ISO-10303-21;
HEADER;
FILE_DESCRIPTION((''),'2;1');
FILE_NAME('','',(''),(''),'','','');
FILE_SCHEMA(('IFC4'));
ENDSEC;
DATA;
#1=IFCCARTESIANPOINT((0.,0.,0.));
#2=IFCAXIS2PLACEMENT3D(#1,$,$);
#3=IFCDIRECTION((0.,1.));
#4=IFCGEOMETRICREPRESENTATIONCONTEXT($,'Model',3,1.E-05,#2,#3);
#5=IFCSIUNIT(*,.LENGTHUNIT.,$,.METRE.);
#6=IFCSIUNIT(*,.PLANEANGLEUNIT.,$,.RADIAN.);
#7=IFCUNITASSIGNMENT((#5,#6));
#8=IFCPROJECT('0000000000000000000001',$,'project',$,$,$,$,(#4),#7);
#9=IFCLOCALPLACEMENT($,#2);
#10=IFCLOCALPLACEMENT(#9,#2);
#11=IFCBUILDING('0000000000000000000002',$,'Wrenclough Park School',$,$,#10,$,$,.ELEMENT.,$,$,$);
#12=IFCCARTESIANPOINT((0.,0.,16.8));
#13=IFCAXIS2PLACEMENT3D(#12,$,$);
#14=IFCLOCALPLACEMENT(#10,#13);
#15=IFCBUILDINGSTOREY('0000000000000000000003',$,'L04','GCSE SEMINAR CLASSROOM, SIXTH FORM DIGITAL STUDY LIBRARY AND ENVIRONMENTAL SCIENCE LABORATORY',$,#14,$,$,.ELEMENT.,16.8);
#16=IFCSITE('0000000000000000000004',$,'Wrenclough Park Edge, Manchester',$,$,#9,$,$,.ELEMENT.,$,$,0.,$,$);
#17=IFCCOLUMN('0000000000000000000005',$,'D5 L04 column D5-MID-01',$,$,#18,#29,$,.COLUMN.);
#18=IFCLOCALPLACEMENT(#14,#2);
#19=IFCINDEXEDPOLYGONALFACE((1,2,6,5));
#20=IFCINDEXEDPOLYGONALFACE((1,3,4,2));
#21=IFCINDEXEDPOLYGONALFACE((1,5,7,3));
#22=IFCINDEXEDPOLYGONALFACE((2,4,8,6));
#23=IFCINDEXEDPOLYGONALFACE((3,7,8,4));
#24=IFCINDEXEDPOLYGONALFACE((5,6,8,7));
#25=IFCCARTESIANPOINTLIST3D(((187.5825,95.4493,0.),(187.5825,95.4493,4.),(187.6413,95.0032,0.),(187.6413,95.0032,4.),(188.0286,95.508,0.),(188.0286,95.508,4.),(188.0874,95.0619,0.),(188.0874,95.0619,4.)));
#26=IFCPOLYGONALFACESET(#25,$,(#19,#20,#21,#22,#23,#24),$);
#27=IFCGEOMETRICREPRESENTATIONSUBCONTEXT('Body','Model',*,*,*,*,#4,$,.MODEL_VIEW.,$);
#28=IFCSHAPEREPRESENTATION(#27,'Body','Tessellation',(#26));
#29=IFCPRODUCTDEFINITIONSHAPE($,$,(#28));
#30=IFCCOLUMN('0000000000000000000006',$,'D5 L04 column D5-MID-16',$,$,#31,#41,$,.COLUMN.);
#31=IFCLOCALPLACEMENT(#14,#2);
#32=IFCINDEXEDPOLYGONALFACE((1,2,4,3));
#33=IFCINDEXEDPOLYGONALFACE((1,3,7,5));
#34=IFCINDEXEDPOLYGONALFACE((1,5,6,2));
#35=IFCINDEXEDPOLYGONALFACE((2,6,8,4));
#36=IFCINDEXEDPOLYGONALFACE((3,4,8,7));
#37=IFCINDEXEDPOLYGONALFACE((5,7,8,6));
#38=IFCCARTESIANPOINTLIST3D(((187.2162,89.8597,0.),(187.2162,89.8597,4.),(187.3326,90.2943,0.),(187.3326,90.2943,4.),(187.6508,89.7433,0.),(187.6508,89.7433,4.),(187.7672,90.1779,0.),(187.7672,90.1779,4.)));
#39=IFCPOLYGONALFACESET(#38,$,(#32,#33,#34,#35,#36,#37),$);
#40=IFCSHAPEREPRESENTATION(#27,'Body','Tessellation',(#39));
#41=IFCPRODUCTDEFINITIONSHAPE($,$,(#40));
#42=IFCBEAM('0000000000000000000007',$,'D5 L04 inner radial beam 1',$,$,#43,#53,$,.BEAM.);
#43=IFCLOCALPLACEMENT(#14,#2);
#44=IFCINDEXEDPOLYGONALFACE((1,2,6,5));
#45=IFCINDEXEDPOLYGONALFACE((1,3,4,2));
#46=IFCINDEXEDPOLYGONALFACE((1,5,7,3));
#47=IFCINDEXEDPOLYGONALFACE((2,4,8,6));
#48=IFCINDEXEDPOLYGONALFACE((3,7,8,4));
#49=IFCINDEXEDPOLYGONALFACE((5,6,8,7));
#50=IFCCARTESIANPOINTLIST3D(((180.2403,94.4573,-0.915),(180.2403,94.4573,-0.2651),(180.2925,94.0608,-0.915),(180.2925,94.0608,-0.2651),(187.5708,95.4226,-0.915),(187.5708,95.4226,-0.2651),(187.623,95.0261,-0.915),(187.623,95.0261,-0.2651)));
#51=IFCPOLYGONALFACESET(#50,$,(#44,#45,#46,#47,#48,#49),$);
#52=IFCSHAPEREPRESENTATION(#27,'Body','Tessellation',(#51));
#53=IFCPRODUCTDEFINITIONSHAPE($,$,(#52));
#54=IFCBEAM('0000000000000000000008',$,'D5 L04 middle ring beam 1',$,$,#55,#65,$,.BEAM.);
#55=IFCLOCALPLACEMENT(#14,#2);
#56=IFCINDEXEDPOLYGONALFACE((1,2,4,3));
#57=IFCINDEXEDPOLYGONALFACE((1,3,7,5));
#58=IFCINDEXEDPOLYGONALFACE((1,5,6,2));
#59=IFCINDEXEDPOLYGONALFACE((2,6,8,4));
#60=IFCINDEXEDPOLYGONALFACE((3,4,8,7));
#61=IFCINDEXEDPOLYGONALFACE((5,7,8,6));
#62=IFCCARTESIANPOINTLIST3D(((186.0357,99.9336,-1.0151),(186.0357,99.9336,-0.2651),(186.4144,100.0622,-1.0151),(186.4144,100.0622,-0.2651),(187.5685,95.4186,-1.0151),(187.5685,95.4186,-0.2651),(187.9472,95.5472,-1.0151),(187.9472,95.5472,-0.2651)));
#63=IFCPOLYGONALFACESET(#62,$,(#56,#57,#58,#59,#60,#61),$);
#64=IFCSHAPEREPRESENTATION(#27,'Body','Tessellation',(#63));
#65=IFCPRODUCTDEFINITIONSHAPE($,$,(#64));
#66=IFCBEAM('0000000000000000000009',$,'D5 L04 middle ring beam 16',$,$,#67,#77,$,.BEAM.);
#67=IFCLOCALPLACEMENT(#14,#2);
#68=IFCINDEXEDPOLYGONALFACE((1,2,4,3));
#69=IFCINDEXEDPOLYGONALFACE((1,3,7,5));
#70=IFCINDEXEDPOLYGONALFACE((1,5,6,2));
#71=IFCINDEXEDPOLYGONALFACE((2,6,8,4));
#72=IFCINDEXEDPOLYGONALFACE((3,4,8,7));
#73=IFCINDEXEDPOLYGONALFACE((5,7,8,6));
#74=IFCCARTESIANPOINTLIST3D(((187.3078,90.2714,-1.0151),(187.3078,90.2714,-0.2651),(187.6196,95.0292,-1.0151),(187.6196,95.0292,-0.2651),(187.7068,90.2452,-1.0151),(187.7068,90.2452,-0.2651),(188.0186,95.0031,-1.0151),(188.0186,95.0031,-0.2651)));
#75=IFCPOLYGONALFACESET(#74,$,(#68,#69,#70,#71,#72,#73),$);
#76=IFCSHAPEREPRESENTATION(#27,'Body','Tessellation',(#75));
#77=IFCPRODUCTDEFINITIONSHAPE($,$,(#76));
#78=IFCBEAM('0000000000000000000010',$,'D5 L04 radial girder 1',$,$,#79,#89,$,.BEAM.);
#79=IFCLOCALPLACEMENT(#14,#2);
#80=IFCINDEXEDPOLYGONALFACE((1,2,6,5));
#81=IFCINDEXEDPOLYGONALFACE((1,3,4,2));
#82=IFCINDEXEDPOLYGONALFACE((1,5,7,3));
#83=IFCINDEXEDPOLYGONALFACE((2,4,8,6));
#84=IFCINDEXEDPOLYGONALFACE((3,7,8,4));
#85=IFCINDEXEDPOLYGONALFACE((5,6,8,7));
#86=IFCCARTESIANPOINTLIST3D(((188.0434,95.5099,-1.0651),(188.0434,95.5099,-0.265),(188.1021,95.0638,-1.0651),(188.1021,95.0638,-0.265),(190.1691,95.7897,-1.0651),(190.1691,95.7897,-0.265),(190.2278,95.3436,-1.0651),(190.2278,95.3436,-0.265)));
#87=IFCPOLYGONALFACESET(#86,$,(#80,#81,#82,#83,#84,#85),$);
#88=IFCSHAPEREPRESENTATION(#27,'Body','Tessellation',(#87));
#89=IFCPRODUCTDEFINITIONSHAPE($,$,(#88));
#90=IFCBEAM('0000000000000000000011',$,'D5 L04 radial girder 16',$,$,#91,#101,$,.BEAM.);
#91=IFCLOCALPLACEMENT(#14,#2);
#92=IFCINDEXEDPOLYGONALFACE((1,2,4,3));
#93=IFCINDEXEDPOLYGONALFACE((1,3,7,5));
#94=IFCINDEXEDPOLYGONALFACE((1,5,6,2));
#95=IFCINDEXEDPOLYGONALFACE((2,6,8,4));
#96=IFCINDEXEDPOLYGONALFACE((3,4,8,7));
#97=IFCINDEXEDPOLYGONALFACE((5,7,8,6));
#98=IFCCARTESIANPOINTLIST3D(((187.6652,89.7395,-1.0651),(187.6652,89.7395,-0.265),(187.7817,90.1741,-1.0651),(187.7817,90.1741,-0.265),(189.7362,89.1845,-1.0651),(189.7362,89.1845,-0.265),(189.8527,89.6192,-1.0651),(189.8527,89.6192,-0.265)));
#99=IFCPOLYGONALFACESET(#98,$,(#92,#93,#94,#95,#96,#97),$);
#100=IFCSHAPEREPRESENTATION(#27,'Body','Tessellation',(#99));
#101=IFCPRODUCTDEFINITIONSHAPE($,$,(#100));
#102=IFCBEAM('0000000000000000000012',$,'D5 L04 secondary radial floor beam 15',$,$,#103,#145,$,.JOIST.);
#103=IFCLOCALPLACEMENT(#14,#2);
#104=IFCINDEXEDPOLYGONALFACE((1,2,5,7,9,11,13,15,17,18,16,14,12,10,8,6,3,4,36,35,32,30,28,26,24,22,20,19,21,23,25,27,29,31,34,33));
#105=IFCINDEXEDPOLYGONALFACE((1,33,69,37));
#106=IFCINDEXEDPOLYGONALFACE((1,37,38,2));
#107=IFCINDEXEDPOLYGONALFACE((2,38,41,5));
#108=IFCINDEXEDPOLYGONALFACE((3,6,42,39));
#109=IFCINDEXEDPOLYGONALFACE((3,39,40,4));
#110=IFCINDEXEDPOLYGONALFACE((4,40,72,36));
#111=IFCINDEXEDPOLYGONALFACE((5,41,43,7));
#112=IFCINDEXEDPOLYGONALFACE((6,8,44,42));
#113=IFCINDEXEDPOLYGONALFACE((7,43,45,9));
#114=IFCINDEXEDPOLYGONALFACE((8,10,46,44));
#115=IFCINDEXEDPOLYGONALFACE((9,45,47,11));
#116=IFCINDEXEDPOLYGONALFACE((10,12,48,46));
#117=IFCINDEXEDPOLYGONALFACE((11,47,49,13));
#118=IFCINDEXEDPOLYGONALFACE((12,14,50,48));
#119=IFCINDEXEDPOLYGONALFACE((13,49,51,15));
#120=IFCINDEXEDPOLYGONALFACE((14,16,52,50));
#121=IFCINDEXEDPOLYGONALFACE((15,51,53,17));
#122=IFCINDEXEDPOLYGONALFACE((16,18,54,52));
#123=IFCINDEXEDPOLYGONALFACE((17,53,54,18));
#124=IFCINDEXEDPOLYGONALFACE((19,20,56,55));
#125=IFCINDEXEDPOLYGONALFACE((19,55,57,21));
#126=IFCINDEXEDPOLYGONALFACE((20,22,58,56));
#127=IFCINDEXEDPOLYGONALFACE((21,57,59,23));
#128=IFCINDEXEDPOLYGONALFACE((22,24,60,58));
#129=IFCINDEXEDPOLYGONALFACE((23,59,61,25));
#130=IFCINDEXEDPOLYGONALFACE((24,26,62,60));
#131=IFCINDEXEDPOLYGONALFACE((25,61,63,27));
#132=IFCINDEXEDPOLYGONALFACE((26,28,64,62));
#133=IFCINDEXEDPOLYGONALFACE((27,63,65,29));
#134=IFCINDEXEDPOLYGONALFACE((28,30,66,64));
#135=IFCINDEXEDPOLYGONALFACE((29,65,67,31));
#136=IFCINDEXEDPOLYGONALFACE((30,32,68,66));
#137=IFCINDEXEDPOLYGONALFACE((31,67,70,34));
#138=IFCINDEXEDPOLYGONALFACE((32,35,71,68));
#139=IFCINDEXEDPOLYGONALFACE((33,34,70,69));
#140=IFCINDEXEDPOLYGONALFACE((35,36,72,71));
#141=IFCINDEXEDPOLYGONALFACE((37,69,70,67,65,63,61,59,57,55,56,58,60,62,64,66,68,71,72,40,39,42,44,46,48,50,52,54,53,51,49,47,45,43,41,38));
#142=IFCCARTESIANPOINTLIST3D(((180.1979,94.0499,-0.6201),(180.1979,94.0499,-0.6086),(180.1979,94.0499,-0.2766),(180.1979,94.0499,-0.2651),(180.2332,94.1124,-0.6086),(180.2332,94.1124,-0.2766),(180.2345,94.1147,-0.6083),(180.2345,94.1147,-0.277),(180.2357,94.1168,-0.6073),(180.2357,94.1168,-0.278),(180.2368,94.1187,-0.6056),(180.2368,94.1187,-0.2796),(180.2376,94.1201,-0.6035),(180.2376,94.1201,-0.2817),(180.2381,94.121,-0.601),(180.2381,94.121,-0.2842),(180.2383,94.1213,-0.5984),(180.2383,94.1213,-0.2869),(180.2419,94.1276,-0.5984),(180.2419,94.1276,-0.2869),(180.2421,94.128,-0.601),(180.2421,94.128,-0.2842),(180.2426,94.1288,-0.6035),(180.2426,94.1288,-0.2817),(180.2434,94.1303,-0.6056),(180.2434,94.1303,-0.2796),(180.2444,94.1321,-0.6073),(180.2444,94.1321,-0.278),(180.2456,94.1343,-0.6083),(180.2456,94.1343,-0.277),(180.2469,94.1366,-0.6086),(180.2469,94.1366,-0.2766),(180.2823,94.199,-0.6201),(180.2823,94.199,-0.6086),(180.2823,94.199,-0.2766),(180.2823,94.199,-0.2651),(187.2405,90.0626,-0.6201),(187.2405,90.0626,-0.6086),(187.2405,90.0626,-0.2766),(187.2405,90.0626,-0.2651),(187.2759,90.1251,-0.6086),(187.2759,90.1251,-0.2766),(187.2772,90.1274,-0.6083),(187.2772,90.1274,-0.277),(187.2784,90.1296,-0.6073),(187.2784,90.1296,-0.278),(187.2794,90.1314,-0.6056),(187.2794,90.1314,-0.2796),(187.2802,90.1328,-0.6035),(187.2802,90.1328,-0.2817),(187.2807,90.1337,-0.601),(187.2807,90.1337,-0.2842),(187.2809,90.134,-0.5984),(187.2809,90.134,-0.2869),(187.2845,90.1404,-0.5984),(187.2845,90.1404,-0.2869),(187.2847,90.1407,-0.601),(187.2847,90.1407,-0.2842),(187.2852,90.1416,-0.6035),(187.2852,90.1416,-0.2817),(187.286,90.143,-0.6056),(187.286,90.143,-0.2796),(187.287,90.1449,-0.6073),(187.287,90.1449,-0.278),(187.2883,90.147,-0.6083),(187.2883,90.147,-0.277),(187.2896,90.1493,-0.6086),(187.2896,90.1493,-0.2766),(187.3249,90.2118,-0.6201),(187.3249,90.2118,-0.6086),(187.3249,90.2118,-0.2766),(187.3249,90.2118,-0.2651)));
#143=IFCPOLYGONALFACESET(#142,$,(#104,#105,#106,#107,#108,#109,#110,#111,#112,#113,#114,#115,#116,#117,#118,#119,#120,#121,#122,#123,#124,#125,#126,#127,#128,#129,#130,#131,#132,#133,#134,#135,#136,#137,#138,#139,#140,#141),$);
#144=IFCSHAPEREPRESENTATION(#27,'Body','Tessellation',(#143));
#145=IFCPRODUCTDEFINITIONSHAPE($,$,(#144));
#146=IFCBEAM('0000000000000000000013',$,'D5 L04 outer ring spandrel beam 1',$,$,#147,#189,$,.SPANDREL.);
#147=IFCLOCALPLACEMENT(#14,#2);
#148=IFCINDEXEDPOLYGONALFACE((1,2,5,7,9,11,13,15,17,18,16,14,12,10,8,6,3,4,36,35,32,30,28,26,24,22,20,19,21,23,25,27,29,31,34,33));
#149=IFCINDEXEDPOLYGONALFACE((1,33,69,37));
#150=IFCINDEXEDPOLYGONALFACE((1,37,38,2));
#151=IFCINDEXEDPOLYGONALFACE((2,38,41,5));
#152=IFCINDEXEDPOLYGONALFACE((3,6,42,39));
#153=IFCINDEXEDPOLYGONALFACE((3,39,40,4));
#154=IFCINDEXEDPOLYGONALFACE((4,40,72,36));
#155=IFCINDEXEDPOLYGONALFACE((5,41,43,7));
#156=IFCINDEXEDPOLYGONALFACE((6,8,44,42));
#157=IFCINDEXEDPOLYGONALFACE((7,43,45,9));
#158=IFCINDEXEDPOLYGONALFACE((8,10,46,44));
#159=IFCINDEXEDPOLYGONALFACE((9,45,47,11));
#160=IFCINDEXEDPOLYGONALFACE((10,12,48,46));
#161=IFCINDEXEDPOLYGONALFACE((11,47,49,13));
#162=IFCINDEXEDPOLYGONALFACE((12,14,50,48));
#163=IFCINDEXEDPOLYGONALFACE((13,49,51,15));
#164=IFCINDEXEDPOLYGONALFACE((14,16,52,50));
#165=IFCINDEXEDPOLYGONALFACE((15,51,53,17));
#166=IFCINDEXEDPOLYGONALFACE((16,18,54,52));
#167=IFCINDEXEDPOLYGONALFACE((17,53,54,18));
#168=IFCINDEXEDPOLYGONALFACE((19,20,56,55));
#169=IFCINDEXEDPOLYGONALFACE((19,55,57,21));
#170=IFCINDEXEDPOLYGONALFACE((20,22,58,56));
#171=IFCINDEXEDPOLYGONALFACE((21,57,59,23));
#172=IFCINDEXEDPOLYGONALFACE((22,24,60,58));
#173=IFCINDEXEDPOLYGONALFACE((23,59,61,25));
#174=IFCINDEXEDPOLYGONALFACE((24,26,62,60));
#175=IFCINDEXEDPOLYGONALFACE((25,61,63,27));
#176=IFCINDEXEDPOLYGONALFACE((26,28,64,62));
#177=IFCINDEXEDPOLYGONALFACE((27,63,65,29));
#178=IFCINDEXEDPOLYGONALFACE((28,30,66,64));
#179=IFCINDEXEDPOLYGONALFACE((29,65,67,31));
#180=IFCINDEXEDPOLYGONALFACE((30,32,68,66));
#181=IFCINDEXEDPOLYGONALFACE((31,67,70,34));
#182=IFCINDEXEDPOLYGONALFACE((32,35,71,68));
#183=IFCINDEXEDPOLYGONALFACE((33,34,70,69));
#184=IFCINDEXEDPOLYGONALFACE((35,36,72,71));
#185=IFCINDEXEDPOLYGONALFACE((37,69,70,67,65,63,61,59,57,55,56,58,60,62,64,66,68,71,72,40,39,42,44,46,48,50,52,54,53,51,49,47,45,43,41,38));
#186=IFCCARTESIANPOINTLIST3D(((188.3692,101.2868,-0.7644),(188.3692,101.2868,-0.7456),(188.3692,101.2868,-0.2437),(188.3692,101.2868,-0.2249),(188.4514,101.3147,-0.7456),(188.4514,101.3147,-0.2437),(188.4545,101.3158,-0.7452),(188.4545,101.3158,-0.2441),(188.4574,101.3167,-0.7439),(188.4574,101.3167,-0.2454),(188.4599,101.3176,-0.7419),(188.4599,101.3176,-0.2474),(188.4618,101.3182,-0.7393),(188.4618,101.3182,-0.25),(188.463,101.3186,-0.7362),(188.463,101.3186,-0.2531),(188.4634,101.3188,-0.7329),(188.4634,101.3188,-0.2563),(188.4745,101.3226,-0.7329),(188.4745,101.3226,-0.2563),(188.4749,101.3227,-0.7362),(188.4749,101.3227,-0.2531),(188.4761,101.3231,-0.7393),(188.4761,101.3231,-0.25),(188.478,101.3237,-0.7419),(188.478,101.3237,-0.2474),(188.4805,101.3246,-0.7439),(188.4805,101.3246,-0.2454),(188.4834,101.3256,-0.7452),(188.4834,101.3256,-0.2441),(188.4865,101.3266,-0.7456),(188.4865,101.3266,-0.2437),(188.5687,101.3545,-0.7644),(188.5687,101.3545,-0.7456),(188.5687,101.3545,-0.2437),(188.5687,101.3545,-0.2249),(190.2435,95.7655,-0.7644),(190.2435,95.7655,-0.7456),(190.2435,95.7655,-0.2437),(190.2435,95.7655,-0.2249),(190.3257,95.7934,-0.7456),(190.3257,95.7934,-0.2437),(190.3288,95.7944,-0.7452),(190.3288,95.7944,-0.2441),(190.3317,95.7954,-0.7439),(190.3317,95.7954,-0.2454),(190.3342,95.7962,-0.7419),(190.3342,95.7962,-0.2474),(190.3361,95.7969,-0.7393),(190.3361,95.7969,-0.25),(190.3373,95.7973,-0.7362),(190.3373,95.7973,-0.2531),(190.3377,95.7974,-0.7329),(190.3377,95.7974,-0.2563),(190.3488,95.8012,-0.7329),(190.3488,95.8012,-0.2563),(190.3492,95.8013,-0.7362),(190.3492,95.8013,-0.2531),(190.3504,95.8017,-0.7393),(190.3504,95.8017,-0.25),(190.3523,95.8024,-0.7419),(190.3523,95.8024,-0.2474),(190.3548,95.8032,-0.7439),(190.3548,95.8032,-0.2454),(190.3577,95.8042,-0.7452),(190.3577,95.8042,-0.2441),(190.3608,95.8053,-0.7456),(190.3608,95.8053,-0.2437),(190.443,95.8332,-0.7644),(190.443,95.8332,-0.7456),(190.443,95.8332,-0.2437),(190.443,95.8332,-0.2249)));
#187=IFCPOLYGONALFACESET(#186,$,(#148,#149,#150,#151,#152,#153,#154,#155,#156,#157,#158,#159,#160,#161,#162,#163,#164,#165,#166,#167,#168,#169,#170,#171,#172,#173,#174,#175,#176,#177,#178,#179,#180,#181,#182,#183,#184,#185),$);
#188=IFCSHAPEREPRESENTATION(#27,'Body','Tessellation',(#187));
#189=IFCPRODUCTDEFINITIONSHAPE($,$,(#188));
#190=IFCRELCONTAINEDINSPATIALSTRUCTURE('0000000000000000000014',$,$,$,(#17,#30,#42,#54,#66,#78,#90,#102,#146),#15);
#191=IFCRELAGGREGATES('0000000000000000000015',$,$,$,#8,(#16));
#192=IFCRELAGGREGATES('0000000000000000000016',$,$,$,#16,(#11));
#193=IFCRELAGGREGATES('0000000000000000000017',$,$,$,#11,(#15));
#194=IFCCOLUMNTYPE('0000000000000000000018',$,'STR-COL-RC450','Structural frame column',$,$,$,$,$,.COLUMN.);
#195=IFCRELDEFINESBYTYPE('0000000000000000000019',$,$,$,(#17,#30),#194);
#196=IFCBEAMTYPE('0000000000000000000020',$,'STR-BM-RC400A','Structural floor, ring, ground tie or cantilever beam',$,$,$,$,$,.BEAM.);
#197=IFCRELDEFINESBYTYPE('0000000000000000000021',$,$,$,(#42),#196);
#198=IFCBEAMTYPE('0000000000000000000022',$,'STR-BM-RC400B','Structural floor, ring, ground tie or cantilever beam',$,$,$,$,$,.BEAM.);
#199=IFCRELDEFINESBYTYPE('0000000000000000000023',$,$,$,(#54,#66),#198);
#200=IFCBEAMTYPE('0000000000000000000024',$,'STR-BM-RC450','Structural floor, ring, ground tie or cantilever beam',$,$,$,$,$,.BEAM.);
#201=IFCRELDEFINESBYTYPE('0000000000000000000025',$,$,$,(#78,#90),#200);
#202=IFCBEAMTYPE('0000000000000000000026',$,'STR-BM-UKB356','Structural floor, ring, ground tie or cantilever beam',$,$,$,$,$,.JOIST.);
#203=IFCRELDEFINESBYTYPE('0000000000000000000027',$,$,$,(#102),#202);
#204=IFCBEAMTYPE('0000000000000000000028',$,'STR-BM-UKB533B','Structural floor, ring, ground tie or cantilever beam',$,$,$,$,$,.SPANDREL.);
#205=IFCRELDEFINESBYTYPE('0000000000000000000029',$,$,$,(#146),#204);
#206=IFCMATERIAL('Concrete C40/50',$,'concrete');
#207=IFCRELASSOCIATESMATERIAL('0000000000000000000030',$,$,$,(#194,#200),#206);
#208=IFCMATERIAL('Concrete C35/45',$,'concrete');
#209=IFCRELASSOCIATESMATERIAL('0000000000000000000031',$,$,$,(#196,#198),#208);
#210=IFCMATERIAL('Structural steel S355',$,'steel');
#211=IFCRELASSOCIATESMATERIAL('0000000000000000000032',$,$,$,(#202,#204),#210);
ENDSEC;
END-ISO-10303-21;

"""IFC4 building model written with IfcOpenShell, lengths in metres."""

from ifc_helpers import new_model, si_unit, direction, frame, origin, origin_2d, place, context, subcontext, project, spatial, rectangle, i_section, extrude, material, material_profile, profile_set, type_object, element, save


model = new_model("IFC4")

# Units and contexts
model_context = context("Model", 3, precision=1e-05, world=origin(), true_north=direction((0.0, 1.0)))
body_context = subcontext(model_context, "Body", "Model", "MODEL_VIEW")
ifc_project = project(units=[si_unit("LENGTHUNIT", "METRE"), si_unit("PLANEANGLEUNIT", "RADIAN")], contexts=[model_context])

# Site, building, storey
site_placement = place(None, origin())
site = spatial("IfcSite", under=ifc_project, at=site_placement, Name="Wrenclough Park Edge, Manchester", CompositionType="ELEMENT", RefElevation=0.0)
building_placement = place(site_placement, origin())
building = spatial("IfcBuilding", under=site, at=building_placement, Name="Wrenclough Park School", CompositionType="ELEMENT")
storey_placement = place(building_placement, frame((0.0, 0.0, 16.8)))
storey = spatial("IfcBuildingStorey", under=building, at=storey_placement, Name="L04", Description="GCSE SEMINAR CLASSROOM, SIXTH FORM DIGITAL STUDY LIBRARY AND ENVIRONMENTAL SCIENCE LABORATORY", CompositionType="ELEMENT", Elevation=16.8)

# Columns
ifc_material_1 = material(Name="Concrete C40/50", Category="concrete")
ifc_material_profile_1 = material_profile(ifc_material_1, rectangle(XDim=0.45, YDim=0.45, at=origin_2d()), Name="RC COL 450x450")
ifc_profile_set_1 = profile_set([ifc_material_profile_1], Name="Concrete C40/50")
column_type = type_object("IfcColumnType", Name="STR-COL-RC450", Description="Structural frame column", PredefinedType="COLUMN", material=ifc_profile_set_1)
for number, where, z_axis, x_axis, name in (
    (1, (187.835, 95.2556, 0.0), (0.0, 0.0, 1.0), (-0.130526, 0.991445, 0.0), "D5 L04 column D5-MID-01"),
    (2, (187.4917, 90.0188, 0.0), (0.0, 0.0, 1.0), (0.258819, 0.965926, 0.0), "D5 L04 column D5-MID-16"),
):
    element("IfcColumn", number, at=place(storey_placement, frame(where, z_axis=z_axis, x_axis=x_axis)), inside=storey, type_object=column_type, Name=name, PredefinedType="COLUMN", context=body_context, shape_type="SweptSolid", body=[
        extrude(rectangle(XDim=0.45, YDim=0.45, at=origin_2d()), origin(), (0.0, 0.0, 1.0), 4.0),
    ])

# Beams
ifc_material_2 = material(Name="Concrete C35/45", Category="concrete")
ifc_material_profile_2 = material_profile(ifc_material_2, rectangle(XDim=0.3999, YDim=0.6499, at=origin_2d()), Name="RC BEAM 400x650")
ifc_profile_set_2 = profile_set([ifc_material_profile_2], Name="Concrete C35/45")
beam_type_1 = type_object("IfcBeamType", Name="STR-BM-RC400A", Description="Structural floor, ring, ground tie or cantilever beam", PredefinedType="BEAM", material=ifc_profile_set_2)
beam_1_placement = place(storey_placement, frame((187.5969, 95.2244, -0.5901), z_axis=(-0.991441, -0.130559, 0.0), x_axis=(0.130559, -0.991441, 0.0)))
element("IfcBeam", 3, at=beam_1_placement, inside=storey, type_object=beam_type_1, Name="D5 L04 inner radial beam 1", PredefinedType="BEAM", context=body_context, shape_type="SweptSolid", body=[
    extrude(rectangle(XDim=0.3999, YDim=0.6499, at=origin_2d()), origin(), (0.0, 0.0, 1.0), 7.3938),
])
ifc_material_profile_3 = material_profile(ifc_material_2, rectangle(XDim=0.3999, YDim=0.75, at=origin_2d()), Name="RC BEAM 400x750")
ifc_profile_set_3 = profile_set([ifc_material_profile_3], Name="Concrete C35/45")
beam_type_2 = type_object("IfcBeamType", Name="STR-BM-RC400B", Description="Structural floor, ring, ground tie or cantilever beam", PredefinedType="BEAM", material=ifc_profile_set_3)
for number, where, z_axis, x_axis, name in (
    (4, (187.7578, 95.4829, -0.6401), (-0.321461, 0.946923, 0.0), (-0.946923, -0.321461, 0.0), "D5 L04 middle ring beam 1"),
    (5, (187.5073, 90.2583, -0.6401), (0.065387, 0.99786, 0.0), (-0.99786, 0.065387, 0.0), "D5 L04 middle ring beam 16"),
):
    element("IfcBeam", number, at=place(storey_placement, frame(where, z_axis=z_axis, x_axis=x_axis)), inside=storey, type_object=beam_type_2, Name=name, PredefinedType="BEAM", context=body_context, shape_type="SweptSolid", body=[
        extrude(rectangle(XDim=0.3999, YDim=0.75, at=origin_2d()), origin(), (0.0, 0.0, 1.0), 4.7681),
    ])
ifc_material_profile_4 = material_profile(ifc_material_1, rectangle(XDim=0.45, YDim=0.8, at=origin_2d()), Name="RC BEAM 450x800")
ifc_profile_set_4 = profile_set([ifc_material_profile_4], Name="Concrete C40/50")
beam_type_3 = type_object("IfcBeamType", Name="STR-BM-RC450", Description="Structural floor, ring, ground tie or cantilever beam", PredefinedType="BEAM", material=ifc_profile_set_4)
for number, where, z_axis, x_axis, name in (
    (6, (190.1985, 95.5667, -0.665), (-0.991449, -0.130493, 0.0), (0.130493, -0.991449, 0.0), "D5 L04 radial girder 1"),
    (7, (189.7944, 89.4019, -0.665), (-0.965926, 0.258818, 0.0), (-0.258818, -0.965926, 0.0), "D5 L04 radial girder 16"),
):
    element("IfcBeam", number, at=place(storey_placement, frame(where, z_axis=z_axis, x_axis=x_axis)), inside=storey, type_object=beam_type_3, Name=name, PredefinedType="BEAM", context=body_context, shape_type="SweptSolid", body=[
        extrude(rectangle(XDim=0.45, YDim=0.8, at=origin_2d()), origin(), (0.0, 0.0, 1.0), 2.144),
    ])
ifc_material_3 = material(Name="Structural steel S355", Category="steel")
ifc_material_profile_5 = material_profile(ifc_material_3, i_section(OverallWidth=0.1714, OverallDepth=0.355, WebThickness=0.0073, FlangeThickness=0.0115, FilletRadius=0.0103, at=origin_2d()), Name="UKB 356x171x51")
ifc_profile_set_5 = profile_set([ifc_material_profile_5], Name="Structural steel S355")
beam_type_4 = type_object("IfcBeamType", Name="STR-BM-UKB356", Description="Structural floor, ring, ground tie or cantilever beam", PredefinedType="JOIST", material=ifc_profile_set_5)
beam_2_placement = place(storey_placement, frame((187.2827, 90.1372, -0.4426), z_axis=(-0.870211, 0.492678, 0.0), x_axis=(-0.492678, -0.870211, 0.0)))
element("IfcBeam", 8, at=beam_2_placement, inside=storey, type_object=beam_type_4, Name="D5 L04 secondary radial floor beam 15", PredefinedType="JOIST", context=body_context, shape_type="SweptSolid", body=[
    extrude(i_section(OverallWidth=0.1714, OverallDepth=0.355, WebThickness=0.0073, FlangeThickness=0.0115, FilletRadius=0.0103, at=origin_2d()), origin(), (0.0, 0.0, 1.0), 8.093),
])
ifc_material_profile_6 = material_profile(ifc_material_3, i_section(OverallWidth=0.2107, OverallDepth=0.5396, WebThickness=0.0117, FlangeThickness=0.0188, FilletRadius=0.0127, at=origin_2d()), Name="UKB 533x210x109")
ifc_profile_set_6 = profile_set([ifc_material_profile_6], Name="Structural steel S355")
beam_type_5 = type_object("IfcBeamType", Name="STR-BM-UKB533B", Description="Structural floor, ring, ground tie or cantilever beam", PredefinedType="SPANDREL", material=ifc_profile_set_6)
beam_3_placement = place(storey_placement, frame((190.3433, 95.7993, -0.4946), z_axis=(-0.321449, 0.946927, 0.0), x_axis=(-0.946927, -0.321449, 0.0)))
element("IfcBeam", 9, at=beam_3_placement, inside=storey, type_object=beam_type_5, Name="D5 L04 outer ring spandrel beam 1", PredefinedType="SPANDREL", context=body_context, shape_type="SweptSolid", body=[
    extrude(i_section(OverallWidth=0.2107, OverallDepth=0.5396, WebThickness=0.0117, FlangeThickness=0.0188, FilletRadius=0.0127, at=origin_2d()), origin(), (0.0, 0.0, 1.0), 5.8308),
])

save(model, "model.ifc")
